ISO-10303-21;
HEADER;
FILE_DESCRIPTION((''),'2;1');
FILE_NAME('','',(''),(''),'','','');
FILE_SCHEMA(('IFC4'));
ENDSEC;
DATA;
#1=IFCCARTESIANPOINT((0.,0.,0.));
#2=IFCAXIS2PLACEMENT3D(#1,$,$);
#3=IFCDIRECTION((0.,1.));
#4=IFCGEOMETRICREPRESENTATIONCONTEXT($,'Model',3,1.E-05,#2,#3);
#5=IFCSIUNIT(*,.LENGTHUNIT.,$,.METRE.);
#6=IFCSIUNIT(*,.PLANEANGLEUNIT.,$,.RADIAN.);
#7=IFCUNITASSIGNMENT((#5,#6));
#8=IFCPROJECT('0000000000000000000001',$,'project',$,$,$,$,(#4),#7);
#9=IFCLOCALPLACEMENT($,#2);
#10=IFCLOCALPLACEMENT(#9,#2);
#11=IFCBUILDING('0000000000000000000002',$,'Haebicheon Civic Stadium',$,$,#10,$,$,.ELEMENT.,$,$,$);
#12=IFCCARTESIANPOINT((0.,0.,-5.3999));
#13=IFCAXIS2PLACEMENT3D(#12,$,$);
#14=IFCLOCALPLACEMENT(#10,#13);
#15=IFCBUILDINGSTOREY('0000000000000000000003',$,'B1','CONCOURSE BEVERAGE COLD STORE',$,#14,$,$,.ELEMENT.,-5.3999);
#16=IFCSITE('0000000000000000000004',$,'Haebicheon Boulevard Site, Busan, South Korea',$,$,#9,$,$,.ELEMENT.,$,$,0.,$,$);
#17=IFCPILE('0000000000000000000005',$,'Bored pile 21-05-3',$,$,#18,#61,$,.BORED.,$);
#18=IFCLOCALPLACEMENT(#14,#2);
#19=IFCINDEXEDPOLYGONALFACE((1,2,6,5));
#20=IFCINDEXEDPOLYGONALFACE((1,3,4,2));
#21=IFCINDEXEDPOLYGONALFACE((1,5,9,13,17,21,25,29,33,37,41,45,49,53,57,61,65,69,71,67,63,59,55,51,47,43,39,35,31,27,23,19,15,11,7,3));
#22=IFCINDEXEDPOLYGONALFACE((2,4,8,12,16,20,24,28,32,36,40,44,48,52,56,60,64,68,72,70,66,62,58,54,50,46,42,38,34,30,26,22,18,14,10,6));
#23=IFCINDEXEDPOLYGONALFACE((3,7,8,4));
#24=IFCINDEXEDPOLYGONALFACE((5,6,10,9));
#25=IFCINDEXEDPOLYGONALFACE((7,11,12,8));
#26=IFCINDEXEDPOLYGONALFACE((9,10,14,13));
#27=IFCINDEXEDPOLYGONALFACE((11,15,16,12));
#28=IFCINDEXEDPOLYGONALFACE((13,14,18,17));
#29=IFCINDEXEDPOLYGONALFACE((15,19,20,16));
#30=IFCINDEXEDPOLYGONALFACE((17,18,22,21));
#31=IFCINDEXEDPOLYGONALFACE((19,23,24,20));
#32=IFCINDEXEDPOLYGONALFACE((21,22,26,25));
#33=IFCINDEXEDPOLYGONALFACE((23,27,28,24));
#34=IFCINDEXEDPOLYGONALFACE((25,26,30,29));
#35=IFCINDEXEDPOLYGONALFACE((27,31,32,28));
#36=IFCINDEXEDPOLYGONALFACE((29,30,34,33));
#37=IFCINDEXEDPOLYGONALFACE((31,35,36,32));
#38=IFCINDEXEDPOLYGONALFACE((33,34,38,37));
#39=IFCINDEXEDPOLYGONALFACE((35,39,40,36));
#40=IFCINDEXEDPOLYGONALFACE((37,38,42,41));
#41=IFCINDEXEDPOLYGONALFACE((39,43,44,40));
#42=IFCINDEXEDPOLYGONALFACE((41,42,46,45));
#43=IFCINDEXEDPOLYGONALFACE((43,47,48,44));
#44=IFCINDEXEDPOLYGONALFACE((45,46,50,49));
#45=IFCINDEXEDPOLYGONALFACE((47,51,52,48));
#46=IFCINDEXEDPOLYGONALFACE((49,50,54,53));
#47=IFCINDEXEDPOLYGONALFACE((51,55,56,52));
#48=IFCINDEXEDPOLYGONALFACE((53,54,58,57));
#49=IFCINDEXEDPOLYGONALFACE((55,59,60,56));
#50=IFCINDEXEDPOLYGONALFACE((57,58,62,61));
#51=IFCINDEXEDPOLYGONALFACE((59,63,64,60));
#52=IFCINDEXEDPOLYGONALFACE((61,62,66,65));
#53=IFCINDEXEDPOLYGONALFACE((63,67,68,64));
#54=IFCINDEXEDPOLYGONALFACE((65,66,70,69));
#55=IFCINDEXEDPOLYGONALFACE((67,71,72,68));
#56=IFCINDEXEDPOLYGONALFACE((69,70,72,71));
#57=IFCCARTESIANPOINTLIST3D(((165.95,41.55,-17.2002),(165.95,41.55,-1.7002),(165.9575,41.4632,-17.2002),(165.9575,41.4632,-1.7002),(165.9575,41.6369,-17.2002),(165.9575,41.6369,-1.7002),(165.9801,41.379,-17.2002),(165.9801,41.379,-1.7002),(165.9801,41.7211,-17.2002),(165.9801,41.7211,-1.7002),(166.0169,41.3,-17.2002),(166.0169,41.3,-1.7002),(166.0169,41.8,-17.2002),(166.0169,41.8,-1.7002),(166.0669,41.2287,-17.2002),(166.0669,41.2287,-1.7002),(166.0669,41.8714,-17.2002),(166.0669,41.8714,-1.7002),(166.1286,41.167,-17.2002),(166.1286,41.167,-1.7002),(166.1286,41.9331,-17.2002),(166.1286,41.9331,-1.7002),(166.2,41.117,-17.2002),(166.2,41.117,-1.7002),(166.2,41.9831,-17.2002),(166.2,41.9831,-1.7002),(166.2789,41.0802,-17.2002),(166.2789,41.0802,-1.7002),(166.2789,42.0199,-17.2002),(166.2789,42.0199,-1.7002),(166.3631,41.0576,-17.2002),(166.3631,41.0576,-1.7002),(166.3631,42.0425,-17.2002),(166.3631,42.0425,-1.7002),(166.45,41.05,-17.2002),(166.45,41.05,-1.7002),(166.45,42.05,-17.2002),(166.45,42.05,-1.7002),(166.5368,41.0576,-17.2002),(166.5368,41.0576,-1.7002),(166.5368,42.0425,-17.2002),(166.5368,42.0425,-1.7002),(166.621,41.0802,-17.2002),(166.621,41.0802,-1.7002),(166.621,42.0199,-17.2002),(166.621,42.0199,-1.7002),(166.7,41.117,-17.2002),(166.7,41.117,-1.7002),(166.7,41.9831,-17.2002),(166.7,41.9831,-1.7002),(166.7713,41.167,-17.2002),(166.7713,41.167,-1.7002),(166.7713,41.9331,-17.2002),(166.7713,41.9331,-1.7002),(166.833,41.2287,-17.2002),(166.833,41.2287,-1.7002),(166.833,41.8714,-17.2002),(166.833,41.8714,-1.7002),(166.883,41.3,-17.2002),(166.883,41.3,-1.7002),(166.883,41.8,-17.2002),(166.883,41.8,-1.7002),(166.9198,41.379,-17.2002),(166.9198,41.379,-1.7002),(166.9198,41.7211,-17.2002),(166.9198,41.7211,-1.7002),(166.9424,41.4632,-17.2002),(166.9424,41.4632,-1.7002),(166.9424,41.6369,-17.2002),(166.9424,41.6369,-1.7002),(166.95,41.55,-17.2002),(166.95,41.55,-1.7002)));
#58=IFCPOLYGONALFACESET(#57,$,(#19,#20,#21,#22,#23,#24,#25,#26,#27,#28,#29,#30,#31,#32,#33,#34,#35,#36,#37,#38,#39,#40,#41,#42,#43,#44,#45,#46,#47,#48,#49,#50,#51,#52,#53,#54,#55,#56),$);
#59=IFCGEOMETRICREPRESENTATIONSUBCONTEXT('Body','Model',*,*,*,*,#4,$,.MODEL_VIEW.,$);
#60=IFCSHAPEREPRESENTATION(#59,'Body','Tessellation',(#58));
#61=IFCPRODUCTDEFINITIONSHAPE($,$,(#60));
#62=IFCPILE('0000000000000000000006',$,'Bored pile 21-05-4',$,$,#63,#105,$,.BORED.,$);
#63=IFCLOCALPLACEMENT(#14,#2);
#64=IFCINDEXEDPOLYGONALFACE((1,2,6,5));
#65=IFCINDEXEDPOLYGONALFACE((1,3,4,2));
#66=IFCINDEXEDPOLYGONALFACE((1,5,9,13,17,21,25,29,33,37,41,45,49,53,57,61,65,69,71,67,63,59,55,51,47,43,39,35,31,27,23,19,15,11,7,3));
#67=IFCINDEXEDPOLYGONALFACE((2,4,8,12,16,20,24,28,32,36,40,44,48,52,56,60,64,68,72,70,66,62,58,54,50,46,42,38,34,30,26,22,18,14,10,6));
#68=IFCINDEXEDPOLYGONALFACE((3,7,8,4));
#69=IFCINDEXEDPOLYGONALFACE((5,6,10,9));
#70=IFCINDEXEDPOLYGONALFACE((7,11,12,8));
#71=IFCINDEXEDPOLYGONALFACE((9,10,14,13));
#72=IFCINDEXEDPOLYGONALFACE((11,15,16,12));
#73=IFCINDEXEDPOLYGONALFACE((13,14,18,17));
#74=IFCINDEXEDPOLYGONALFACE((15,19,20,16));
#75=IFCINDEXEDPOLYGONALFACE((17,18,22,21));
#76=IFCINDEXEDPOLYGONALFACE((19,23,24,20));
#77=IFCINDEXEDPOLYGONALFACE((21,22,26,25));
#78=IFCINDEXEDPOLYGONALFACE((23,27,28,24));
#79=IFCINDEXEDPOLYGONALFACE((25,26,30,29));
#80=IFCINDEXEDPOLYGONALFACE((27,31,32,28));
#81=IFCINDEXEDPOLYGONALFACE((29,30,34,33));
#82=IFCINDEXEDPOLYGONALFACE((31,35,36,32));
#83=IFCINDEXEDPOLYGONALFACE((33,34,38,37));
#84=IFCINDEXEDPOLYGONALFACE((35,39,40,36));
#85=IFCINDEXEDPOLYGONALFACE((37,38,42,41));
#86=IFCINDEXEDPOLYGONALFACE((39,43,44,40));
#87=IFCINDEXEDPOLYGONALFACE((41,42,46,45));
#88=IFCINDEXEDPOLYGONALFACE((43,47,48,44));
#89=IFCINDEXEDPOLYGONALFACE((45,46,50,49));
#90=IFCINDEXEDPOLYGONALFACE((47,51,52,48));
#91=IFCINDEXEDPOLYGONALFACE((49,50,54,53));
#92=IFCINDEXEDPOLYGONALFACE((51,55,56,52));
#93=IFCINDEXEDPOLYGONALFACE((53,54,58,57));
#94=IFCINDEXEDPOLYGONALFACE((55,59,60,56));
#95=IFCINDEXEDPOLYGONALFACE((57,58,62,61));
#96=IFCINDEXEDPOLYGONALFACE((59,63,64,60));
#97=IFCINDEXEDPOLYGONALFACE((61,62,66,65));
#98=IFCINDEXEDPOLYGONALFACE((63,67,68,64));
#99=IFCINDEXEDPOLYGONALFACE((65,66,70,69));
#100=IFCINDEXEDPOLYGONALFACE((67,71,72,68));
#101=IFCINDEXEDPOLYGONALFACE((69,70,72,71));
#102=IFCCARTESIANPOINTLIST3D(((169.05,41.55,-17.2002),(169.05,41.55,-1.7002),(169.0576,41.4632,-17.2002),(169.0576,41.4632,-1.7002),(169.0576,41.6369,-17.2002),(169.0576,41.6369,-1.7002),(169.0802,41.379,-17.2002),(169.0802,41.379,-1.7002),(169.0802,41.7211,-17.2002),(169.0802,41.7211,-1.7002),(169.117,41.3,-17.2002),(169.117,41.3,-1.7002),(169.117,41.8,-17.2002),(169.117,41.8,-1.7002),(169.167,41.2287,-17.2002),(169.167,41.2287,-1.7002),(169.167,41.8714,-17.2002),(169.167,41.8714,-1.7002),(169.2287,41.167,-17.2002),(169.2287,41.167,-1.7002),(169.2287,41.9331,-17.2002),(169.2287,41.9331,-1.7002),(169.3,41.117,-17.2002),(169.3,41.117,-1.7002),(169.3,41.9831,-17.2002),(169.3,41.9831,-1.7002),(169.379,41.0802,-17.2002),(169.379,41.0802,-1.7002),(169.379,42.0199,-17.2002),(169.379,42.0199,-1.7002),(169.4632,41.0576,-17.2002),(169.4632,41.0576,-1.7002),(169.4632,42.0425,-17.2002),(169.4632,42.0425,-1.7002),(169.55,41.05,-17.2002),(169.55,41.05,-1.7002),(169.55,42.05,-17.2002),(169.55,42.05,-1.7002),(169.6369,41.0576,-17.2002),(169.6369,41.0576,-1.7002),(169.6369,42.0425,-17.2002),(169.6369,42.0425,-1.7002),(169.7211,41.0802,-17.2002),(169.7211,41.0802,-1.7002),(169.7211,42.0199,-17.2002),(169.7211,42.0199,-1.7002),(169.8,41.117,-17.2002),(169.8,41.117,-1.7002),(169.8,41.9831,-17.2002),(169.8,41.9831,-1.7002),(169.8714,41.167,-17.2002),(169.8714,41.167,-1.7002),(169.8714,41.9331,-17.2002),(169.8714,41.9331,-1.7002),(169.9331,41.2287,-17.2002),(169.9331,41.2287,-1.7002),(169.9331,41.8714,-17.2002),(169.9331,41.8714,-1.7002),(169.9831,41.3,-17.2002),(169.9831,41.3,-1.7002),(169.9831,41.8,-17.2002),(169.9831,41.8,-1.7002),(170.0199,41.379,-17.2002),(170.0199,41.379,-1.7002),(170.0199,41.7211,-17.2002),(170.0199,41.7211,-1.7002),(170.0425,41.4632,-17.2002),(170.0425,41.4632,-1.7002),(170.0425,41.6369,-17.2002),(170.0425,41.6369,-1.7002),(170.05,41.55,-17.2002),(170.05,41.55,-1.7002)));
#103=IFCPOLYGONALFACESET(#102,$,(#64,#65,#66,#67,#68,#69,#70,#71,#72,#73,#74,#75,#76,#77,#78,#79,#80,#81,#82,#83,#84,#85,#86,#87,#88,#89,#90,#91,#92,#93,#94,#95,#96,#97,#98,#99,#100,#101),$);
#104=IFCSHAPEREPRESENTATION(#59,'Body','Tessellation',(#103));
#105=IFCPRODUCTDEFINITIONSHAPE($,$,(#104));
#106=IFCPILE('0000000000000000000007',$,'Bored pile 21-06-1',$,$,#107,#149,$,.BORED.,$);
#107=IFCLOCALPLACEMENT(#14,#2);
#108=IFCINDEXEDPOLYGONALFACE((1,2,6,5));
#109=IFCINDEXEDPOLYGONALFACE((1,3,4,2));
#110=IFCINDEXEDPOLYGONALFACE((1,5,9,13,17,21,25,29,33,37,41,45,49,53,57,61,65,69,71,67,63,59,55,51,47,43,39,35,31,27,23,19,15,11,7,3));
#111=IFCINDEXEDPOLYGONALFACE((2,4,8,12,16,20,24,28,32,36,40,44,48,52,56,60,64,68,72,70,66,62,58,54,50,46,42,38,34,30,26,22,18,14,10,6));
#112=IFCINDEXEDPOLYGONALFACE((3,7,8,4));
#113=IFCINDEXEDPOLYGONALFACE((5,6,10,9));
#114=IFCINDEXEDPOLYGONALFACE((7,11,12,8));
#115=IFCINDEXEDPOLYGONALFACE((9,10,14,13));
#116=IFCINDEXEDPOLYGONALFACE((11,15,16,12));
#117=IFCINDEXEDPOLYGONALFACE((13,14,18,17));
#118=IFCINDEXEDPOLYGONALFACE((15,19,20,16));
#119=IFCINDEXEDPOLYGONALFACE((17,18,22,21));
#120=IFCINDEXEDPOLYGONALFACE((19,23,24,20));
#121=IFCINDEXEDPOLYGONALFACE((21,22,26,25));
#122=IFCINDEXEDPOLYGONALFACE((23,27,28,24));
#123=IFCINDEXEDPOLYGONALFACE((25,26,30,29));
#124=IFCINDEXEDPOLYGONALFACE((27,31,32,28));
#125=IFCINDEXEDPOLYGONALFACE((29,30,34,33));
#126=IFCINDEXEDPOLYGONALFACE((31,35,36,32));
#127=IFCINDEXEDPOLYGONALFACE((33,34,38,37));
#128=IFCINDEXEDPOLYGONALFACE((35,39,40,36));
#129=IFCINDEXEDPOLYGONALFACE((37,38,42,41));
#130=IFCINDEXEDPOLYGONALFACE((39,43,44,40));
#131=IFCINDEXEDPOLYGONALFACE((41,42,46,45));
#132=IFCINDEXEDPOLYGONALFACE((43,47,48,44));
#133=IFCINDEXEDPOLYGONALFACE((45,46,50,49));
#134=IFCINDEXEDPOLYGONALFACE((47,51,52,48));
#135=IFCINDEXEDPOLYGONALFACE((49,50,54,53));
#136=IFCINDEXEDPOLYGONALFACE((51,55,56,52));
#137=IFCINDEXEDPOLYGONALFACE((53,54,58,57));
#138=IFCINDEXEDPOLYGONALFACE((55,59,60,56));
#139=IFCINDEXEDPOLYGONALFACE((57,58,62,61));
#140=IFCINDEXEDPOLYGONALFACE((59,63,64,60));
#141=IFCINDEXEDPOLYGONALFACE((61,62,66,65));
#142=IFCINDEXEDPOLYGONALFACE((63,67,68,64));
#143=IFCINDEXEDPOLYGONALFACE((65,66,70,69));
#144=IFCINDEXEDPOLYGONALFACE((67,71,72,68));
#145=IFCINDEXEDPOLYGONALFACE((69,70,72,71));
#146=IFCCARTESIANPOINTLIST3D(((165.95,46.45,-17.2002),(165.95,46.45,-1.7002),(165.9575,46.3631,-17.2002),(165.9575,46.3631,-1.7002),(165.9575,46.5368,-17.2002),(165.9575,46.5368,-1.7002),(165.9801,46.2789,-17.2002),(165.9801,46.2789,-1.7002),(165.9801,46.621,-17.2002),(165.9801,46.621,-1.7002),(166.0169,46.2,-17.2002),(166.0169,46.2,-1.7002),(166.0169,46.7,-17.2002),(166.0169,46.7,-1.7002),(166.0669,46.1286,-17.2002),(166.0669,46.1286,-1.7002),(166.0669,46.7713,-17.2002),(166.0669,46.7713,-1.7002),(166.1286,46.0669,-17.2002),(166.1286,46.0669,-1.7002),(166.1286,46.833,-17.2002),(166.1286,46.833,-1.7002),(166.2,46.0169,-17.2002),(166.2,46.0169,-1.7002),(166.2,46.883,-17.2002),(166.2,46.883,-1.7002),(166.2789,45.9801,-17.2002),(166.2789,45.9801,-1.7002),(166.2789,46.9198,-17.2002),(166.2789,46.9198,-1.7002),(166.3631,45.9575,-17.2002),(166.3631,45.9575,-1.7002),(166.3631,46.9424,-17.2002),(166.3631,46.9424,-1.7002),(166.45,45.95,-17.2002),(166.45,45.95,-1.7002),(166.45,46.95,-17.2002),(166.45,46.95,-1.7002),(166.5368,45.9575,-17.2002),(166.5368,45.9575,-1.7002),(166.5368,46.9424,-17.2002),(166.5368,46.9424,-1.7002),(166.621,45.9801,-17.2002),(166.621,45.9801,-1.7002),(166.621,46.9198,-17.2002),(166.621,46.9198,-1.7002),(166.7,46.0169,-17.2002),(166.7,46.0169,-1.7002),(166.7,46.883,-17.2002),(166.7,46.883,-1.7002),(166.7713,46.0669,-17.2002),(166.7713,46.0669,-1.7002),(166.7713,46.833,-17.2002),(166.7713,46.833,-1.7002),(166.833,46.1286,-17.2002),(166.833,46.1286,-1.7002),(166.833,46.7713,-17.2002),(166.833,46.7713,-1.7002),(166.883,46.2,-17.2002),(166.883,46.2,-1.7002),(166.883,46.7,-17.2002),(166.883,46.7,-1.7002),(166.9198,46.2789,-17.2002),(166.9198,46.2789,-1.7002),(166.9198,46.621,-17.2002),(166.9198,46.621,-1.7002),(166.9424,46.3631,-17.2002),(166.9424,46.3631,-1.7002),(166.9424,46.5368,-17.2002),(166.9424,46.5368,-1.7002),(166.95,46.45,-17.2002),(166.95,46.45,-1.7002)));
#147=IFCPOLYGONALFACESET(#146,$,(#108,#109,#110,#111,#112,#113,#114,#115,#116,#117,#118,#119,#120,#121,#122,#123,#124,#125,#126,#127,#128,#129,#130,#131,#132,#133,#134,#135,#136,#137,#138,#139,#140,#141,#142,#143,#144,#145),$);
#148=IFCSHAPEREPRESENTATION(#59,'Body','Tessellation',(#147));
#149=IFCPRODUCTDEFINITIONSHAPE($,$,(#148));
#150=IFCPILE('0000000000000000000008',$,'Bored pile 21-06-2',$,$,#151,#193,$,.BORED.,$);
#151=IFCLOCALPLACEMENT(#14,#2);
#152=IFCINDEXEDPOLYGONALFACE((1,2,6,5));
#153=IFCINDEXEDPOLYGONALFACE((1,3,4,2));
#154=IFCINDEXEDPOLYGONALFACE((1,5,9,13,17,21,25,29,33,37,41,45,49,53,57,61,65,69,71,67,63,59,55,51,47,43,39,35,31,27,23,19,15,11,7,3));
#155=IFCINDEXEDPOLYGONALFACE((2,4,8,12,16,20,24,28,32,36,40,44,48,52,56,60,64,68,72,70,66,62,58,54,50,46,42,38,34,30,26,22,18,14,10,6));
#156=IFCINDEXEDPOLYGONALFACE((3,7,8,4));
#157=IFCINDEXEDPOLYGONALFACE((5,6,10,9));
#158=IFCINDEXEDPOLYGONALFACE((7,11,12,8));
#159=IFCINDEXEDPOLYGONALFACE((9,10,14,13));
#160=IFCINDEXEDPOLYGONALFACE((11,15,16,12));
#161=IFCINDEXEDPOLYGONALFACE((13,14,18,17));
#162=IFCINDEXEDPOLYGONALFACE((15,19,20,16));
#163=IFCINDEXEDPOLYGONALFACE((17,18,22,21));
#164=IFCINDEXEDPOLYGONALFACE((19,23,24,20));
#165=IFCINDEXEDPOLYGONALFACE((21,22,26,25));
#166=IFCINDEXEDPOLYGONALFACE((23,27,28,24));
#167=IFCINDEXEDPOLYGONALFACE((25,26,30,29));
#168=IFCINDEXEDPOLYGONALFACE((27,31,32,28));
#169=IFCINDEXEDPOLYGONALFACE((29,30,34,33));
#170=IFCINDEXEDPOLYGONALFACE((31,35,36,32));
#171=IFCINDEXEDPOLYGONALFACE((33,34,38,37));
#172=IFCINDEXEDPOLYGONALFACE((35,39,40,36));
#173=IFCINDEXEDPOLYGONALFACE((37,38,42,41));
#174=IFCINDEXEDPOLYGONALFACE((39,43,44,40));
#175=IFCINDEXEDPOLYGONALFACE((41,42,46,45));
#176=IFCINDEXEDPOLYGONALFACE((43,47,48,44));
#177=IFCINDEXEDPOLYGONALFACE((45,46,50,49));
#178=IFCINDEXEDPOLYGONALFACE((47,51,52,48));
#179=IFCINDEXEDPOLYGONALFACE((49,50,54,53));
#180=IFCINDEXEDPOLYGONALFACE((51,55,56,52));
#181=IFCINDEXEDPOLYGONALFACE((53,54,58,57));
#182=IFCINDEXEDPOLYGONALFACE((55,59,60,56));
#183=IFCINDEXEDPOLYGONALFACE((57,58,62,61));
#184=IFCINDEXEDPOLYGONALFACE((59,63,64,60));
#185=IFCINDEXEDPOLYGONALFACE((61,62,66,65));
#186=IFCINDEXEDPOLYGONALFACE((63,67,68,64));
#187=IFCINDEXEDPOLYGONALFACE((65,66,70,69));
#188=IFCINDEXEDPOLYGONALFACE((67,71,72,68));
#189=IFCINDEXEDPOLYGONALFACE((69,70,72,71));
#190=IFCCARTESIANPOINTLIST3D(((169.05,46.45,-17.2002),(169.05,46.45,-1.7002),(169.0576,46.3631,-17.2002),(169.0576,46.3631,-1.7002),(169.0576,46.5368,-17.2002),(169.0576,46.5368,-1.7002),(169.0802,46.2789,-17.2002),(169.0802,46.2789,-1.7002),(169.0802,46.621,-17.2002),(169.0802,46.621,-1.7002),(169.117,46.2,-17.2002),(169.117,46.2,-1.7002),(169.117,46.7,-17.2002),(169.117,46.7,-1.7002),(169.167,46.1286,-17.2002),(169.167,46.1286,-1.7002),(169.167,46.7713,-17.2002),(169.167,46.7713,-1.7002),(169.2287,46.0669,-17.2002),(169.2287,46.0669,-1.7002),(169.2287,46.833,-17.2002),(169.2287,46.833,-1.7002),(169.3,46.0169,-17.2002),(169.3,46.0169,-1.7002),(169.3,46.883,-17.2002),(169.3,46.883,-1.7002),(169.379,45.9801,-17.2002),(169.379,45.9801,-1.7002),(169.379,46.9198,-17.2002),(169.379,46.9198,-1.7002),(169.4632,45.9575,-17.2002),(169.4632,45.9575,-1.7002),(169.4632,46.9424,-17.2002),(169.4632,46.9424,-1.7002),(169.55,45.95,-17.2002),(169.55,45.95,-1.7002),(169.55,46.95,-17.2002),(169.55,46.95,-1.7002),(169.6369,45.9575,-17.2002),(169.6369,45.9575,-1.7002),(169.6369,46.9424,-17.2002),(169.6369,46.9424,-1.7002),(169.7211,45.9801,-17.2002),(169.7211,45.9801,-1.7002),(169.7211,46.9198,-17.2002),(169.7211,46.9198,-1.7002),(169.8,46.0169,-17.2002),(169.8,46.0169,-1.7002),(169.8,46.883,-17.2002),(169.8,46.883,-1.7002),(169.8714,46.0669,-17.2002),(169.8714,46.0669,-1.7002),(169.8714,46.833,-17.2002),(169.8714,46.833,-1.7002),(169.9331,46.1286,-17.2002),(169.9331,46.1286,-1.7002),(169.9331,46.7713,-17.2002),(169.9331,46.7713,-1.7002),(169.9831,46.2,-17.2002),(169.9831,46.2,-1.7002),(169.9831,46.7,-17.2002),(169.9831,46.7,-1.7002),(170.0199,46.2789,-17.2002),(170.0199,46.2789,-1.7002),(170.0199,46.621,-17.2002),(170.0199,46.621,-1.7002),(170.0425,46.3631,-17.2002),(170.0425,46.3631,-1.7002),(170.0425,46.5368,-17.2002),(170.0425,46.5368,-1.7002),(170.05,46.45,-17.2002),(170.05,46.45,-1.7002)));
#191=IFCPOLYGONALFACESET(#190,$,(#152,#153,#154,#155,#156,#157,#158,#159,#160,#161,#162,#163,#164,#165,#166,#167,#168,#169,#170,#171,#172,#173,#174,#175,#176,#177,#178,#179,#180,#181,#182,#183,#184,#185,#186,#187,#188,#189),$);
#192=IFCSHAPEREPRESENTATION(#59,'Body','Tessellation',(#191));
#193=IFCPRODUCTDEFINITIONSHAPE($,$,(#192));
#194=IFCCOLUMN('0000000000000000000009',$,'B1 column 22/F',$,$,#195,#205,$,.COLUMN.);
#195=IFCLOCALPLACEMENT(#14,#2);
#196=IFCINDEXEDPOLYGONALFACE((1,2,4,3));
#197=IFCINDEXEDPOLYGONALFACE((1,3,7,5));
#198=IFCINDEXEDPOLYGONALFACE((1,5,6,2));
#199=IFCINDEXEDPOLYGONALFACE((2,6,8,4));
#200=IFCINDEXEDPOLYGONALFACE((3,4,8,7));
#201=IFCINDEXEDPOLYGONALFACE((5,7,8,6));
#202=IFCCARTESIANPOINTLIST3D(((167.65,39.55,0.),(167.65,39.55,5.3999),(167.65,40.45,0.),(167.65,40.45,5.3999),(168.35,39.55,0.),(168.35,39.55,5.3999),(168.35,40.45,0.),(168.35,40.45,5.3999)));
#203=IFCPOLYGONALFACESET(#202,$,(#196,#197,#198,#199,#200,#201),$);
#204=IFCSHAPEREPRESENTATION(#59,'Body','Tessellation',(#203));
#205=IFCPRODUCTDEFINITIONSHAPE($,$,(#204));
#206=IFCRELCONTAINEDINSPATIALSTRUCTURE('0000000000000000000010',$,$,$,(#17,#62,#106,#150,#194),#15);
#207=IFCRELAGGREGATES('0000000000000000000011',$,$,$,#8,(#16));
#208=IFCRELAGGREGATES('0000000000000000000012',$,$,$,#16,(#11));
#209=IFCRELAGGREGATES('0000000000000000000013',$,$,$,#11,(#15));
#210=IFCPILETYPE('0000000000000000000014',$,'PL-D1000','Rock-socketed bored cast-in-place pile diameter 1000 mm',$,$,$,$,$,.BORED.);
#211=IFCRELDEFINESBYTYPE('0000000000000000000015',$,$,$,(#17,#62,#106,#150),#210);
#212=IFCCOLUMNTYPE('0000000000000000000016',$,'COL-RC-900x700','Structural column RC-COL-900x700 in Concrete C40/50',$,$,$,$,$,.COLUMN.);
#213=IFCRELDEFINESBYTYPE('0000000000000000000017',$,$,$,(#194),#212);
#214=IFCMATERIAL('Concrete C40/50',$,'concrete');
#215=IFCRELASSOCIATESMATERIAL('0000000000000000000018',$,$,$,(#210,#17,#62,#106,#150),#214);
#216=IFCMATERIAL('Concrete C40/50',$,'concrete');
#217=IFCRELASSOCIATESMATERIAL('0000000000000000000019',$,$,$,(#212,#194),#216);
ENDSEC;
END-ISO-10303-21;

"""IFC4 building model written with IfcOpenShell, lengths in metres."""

from ifc_helpers import new_model, si_unit, direction, frame, origin, origin_2d, place, context, subcontext, project, spatial, rectangle, circle, extrude, material, material_profile, profile_set, type_object, element, save


model = new_model("IFC4")

# Units and contexts
model_context = context("Model", 3, precision=1e-05, world=origin(), true_north=direction((0.0, 1.0)))
body_context = subcontext(model_context, "Body", "Model", "MODEL_VIEW")
ifc_project = project(units=[si_unit("LENGTHUNIT", "METRE"), si_unit("PLANEANGLEUNIT", "RADIAN")], contexts=[model_context])

# Site, building, storey
site_placement = place(None, origin())
site = spatial("IfcSite", under=ifc_project, at=site_placement, Name="Haebicheon Boulevard Site, Busan, South Korea", CompositionType="ELEMENT", RefElevation=0.0)
building_placement = place(site_placement, origin())
building = spatial("IfcBuilding", under=site, at=building_placement, Name="Haebicheon Civic Stadium", CompositionType="ELEMENT")
storey_placement = place(building_placement, frame((0.0, 0.0, -5.3999)))
storey = spatial("IfcBuildingStorey", under=building, at=storey_placement, Name="B1", Description="CONCOURSE BEVERAGE COLD STORE", CompositionType="ELEMENT", Elevation=-5.3999)

# Piles
ifc_material_1 = material(Name="Concrete C40/50", Category="concrete")
ifc_material_profile_1 = material_profile(ifc_material_1, circle(Radius=0.5, at=origin_2d()), Name="PILE-D1000")
ifc_profile_set_1 = profile_set([ifc_material_profile_1], Name="Concrete C40/50")
pile_type = type_object("IfcPileType", Name="PL-D1000", Description="Rock-socketed bored cast-in-place pile diameter 1000 mm", PredefinedType="BORED", material=ifc_profile_set_1)
for number, where, z_axis, x_axis, name in (
    (1, (166.45, 41.55, -1.7002), (0.0, 0.0, -1.0), (1.0, 0.0, 0.0), "Bored pile 21-05-3"),
    (2, (169.55, 41.55, -1.7002), (0.0, 0.0, -1.0), (1.0, 0.0, 0.0), "Bored pile 21-05-4"),
    (3, (166.45, 46.45, -1.7002), (0.0, 0.0, -1.0), (1.0, 0.0, 0.0), "Bored pile 21-06-1"),
    (4, (169.55, 46.45, -1.7002), (0.0, 0.0, -1.0), (1.0, 0.0, 0.0), "Bored pile 21-06-2"),
):
    element("IfcPile", number, at=place(storey_placement, frame(where, z_axis=z_axis, x_axis=x_axis)), inside=storey, type_object=pile_type, material=ifc_profile_set_1, Name=name, PredefinedType="BORED", context=body_context, shape_type="SweptSolid", body=[
        extrude(circle(Radius=0.5, at=origin_2d()), origin(), (0.0, 0.0, 1.0), 15.5),
    ])

# Column
ifc_material_2 = material(Name="Concrete C40/50", Category="concrete")
ifc_material_profile_2 = material_profile(ifc_material_2, rectangle(XDim=0.7, YDim=0.8999, at=origin_2d()), Name="RC-COL-900x700")
ifc_profile_set_2 = profile_set([ifc_material_profile_2], Name="Concrete C40/50")
column_type = type_object("IfcColumnType", Name="COL-RC-900x700", Description="Structural column RC-COL-900x700 in Concrete C40/50", PredefinedType="COLUMN", material=ifc_profile_set_2)
for number, where, z_axis, x_axis, name in (
    (5, (168.0, 40.0, 0.0), (0.0, 0.0, 1.0), (1.0, 0.0, 0.0), "B1 column 22/F"),
):
    element("IfcColumn", number, at=place(storey_placement, frame(where, z_axis=z_axis, x_axis=x_axis)), inside=storey, type_object=column_type, material=ifc_profile_set_2, Name=name, PredefinedType="COLUMN", context=body_context, shape_type="SweptSolid", body=[
        extrude(rectangle(XDim=0.7, YDim=0.8999, at=origin_2d()), origin(), (0.0, 0.0, 1.0), 5.3999),
    ])

save(model, "model.ifc")
